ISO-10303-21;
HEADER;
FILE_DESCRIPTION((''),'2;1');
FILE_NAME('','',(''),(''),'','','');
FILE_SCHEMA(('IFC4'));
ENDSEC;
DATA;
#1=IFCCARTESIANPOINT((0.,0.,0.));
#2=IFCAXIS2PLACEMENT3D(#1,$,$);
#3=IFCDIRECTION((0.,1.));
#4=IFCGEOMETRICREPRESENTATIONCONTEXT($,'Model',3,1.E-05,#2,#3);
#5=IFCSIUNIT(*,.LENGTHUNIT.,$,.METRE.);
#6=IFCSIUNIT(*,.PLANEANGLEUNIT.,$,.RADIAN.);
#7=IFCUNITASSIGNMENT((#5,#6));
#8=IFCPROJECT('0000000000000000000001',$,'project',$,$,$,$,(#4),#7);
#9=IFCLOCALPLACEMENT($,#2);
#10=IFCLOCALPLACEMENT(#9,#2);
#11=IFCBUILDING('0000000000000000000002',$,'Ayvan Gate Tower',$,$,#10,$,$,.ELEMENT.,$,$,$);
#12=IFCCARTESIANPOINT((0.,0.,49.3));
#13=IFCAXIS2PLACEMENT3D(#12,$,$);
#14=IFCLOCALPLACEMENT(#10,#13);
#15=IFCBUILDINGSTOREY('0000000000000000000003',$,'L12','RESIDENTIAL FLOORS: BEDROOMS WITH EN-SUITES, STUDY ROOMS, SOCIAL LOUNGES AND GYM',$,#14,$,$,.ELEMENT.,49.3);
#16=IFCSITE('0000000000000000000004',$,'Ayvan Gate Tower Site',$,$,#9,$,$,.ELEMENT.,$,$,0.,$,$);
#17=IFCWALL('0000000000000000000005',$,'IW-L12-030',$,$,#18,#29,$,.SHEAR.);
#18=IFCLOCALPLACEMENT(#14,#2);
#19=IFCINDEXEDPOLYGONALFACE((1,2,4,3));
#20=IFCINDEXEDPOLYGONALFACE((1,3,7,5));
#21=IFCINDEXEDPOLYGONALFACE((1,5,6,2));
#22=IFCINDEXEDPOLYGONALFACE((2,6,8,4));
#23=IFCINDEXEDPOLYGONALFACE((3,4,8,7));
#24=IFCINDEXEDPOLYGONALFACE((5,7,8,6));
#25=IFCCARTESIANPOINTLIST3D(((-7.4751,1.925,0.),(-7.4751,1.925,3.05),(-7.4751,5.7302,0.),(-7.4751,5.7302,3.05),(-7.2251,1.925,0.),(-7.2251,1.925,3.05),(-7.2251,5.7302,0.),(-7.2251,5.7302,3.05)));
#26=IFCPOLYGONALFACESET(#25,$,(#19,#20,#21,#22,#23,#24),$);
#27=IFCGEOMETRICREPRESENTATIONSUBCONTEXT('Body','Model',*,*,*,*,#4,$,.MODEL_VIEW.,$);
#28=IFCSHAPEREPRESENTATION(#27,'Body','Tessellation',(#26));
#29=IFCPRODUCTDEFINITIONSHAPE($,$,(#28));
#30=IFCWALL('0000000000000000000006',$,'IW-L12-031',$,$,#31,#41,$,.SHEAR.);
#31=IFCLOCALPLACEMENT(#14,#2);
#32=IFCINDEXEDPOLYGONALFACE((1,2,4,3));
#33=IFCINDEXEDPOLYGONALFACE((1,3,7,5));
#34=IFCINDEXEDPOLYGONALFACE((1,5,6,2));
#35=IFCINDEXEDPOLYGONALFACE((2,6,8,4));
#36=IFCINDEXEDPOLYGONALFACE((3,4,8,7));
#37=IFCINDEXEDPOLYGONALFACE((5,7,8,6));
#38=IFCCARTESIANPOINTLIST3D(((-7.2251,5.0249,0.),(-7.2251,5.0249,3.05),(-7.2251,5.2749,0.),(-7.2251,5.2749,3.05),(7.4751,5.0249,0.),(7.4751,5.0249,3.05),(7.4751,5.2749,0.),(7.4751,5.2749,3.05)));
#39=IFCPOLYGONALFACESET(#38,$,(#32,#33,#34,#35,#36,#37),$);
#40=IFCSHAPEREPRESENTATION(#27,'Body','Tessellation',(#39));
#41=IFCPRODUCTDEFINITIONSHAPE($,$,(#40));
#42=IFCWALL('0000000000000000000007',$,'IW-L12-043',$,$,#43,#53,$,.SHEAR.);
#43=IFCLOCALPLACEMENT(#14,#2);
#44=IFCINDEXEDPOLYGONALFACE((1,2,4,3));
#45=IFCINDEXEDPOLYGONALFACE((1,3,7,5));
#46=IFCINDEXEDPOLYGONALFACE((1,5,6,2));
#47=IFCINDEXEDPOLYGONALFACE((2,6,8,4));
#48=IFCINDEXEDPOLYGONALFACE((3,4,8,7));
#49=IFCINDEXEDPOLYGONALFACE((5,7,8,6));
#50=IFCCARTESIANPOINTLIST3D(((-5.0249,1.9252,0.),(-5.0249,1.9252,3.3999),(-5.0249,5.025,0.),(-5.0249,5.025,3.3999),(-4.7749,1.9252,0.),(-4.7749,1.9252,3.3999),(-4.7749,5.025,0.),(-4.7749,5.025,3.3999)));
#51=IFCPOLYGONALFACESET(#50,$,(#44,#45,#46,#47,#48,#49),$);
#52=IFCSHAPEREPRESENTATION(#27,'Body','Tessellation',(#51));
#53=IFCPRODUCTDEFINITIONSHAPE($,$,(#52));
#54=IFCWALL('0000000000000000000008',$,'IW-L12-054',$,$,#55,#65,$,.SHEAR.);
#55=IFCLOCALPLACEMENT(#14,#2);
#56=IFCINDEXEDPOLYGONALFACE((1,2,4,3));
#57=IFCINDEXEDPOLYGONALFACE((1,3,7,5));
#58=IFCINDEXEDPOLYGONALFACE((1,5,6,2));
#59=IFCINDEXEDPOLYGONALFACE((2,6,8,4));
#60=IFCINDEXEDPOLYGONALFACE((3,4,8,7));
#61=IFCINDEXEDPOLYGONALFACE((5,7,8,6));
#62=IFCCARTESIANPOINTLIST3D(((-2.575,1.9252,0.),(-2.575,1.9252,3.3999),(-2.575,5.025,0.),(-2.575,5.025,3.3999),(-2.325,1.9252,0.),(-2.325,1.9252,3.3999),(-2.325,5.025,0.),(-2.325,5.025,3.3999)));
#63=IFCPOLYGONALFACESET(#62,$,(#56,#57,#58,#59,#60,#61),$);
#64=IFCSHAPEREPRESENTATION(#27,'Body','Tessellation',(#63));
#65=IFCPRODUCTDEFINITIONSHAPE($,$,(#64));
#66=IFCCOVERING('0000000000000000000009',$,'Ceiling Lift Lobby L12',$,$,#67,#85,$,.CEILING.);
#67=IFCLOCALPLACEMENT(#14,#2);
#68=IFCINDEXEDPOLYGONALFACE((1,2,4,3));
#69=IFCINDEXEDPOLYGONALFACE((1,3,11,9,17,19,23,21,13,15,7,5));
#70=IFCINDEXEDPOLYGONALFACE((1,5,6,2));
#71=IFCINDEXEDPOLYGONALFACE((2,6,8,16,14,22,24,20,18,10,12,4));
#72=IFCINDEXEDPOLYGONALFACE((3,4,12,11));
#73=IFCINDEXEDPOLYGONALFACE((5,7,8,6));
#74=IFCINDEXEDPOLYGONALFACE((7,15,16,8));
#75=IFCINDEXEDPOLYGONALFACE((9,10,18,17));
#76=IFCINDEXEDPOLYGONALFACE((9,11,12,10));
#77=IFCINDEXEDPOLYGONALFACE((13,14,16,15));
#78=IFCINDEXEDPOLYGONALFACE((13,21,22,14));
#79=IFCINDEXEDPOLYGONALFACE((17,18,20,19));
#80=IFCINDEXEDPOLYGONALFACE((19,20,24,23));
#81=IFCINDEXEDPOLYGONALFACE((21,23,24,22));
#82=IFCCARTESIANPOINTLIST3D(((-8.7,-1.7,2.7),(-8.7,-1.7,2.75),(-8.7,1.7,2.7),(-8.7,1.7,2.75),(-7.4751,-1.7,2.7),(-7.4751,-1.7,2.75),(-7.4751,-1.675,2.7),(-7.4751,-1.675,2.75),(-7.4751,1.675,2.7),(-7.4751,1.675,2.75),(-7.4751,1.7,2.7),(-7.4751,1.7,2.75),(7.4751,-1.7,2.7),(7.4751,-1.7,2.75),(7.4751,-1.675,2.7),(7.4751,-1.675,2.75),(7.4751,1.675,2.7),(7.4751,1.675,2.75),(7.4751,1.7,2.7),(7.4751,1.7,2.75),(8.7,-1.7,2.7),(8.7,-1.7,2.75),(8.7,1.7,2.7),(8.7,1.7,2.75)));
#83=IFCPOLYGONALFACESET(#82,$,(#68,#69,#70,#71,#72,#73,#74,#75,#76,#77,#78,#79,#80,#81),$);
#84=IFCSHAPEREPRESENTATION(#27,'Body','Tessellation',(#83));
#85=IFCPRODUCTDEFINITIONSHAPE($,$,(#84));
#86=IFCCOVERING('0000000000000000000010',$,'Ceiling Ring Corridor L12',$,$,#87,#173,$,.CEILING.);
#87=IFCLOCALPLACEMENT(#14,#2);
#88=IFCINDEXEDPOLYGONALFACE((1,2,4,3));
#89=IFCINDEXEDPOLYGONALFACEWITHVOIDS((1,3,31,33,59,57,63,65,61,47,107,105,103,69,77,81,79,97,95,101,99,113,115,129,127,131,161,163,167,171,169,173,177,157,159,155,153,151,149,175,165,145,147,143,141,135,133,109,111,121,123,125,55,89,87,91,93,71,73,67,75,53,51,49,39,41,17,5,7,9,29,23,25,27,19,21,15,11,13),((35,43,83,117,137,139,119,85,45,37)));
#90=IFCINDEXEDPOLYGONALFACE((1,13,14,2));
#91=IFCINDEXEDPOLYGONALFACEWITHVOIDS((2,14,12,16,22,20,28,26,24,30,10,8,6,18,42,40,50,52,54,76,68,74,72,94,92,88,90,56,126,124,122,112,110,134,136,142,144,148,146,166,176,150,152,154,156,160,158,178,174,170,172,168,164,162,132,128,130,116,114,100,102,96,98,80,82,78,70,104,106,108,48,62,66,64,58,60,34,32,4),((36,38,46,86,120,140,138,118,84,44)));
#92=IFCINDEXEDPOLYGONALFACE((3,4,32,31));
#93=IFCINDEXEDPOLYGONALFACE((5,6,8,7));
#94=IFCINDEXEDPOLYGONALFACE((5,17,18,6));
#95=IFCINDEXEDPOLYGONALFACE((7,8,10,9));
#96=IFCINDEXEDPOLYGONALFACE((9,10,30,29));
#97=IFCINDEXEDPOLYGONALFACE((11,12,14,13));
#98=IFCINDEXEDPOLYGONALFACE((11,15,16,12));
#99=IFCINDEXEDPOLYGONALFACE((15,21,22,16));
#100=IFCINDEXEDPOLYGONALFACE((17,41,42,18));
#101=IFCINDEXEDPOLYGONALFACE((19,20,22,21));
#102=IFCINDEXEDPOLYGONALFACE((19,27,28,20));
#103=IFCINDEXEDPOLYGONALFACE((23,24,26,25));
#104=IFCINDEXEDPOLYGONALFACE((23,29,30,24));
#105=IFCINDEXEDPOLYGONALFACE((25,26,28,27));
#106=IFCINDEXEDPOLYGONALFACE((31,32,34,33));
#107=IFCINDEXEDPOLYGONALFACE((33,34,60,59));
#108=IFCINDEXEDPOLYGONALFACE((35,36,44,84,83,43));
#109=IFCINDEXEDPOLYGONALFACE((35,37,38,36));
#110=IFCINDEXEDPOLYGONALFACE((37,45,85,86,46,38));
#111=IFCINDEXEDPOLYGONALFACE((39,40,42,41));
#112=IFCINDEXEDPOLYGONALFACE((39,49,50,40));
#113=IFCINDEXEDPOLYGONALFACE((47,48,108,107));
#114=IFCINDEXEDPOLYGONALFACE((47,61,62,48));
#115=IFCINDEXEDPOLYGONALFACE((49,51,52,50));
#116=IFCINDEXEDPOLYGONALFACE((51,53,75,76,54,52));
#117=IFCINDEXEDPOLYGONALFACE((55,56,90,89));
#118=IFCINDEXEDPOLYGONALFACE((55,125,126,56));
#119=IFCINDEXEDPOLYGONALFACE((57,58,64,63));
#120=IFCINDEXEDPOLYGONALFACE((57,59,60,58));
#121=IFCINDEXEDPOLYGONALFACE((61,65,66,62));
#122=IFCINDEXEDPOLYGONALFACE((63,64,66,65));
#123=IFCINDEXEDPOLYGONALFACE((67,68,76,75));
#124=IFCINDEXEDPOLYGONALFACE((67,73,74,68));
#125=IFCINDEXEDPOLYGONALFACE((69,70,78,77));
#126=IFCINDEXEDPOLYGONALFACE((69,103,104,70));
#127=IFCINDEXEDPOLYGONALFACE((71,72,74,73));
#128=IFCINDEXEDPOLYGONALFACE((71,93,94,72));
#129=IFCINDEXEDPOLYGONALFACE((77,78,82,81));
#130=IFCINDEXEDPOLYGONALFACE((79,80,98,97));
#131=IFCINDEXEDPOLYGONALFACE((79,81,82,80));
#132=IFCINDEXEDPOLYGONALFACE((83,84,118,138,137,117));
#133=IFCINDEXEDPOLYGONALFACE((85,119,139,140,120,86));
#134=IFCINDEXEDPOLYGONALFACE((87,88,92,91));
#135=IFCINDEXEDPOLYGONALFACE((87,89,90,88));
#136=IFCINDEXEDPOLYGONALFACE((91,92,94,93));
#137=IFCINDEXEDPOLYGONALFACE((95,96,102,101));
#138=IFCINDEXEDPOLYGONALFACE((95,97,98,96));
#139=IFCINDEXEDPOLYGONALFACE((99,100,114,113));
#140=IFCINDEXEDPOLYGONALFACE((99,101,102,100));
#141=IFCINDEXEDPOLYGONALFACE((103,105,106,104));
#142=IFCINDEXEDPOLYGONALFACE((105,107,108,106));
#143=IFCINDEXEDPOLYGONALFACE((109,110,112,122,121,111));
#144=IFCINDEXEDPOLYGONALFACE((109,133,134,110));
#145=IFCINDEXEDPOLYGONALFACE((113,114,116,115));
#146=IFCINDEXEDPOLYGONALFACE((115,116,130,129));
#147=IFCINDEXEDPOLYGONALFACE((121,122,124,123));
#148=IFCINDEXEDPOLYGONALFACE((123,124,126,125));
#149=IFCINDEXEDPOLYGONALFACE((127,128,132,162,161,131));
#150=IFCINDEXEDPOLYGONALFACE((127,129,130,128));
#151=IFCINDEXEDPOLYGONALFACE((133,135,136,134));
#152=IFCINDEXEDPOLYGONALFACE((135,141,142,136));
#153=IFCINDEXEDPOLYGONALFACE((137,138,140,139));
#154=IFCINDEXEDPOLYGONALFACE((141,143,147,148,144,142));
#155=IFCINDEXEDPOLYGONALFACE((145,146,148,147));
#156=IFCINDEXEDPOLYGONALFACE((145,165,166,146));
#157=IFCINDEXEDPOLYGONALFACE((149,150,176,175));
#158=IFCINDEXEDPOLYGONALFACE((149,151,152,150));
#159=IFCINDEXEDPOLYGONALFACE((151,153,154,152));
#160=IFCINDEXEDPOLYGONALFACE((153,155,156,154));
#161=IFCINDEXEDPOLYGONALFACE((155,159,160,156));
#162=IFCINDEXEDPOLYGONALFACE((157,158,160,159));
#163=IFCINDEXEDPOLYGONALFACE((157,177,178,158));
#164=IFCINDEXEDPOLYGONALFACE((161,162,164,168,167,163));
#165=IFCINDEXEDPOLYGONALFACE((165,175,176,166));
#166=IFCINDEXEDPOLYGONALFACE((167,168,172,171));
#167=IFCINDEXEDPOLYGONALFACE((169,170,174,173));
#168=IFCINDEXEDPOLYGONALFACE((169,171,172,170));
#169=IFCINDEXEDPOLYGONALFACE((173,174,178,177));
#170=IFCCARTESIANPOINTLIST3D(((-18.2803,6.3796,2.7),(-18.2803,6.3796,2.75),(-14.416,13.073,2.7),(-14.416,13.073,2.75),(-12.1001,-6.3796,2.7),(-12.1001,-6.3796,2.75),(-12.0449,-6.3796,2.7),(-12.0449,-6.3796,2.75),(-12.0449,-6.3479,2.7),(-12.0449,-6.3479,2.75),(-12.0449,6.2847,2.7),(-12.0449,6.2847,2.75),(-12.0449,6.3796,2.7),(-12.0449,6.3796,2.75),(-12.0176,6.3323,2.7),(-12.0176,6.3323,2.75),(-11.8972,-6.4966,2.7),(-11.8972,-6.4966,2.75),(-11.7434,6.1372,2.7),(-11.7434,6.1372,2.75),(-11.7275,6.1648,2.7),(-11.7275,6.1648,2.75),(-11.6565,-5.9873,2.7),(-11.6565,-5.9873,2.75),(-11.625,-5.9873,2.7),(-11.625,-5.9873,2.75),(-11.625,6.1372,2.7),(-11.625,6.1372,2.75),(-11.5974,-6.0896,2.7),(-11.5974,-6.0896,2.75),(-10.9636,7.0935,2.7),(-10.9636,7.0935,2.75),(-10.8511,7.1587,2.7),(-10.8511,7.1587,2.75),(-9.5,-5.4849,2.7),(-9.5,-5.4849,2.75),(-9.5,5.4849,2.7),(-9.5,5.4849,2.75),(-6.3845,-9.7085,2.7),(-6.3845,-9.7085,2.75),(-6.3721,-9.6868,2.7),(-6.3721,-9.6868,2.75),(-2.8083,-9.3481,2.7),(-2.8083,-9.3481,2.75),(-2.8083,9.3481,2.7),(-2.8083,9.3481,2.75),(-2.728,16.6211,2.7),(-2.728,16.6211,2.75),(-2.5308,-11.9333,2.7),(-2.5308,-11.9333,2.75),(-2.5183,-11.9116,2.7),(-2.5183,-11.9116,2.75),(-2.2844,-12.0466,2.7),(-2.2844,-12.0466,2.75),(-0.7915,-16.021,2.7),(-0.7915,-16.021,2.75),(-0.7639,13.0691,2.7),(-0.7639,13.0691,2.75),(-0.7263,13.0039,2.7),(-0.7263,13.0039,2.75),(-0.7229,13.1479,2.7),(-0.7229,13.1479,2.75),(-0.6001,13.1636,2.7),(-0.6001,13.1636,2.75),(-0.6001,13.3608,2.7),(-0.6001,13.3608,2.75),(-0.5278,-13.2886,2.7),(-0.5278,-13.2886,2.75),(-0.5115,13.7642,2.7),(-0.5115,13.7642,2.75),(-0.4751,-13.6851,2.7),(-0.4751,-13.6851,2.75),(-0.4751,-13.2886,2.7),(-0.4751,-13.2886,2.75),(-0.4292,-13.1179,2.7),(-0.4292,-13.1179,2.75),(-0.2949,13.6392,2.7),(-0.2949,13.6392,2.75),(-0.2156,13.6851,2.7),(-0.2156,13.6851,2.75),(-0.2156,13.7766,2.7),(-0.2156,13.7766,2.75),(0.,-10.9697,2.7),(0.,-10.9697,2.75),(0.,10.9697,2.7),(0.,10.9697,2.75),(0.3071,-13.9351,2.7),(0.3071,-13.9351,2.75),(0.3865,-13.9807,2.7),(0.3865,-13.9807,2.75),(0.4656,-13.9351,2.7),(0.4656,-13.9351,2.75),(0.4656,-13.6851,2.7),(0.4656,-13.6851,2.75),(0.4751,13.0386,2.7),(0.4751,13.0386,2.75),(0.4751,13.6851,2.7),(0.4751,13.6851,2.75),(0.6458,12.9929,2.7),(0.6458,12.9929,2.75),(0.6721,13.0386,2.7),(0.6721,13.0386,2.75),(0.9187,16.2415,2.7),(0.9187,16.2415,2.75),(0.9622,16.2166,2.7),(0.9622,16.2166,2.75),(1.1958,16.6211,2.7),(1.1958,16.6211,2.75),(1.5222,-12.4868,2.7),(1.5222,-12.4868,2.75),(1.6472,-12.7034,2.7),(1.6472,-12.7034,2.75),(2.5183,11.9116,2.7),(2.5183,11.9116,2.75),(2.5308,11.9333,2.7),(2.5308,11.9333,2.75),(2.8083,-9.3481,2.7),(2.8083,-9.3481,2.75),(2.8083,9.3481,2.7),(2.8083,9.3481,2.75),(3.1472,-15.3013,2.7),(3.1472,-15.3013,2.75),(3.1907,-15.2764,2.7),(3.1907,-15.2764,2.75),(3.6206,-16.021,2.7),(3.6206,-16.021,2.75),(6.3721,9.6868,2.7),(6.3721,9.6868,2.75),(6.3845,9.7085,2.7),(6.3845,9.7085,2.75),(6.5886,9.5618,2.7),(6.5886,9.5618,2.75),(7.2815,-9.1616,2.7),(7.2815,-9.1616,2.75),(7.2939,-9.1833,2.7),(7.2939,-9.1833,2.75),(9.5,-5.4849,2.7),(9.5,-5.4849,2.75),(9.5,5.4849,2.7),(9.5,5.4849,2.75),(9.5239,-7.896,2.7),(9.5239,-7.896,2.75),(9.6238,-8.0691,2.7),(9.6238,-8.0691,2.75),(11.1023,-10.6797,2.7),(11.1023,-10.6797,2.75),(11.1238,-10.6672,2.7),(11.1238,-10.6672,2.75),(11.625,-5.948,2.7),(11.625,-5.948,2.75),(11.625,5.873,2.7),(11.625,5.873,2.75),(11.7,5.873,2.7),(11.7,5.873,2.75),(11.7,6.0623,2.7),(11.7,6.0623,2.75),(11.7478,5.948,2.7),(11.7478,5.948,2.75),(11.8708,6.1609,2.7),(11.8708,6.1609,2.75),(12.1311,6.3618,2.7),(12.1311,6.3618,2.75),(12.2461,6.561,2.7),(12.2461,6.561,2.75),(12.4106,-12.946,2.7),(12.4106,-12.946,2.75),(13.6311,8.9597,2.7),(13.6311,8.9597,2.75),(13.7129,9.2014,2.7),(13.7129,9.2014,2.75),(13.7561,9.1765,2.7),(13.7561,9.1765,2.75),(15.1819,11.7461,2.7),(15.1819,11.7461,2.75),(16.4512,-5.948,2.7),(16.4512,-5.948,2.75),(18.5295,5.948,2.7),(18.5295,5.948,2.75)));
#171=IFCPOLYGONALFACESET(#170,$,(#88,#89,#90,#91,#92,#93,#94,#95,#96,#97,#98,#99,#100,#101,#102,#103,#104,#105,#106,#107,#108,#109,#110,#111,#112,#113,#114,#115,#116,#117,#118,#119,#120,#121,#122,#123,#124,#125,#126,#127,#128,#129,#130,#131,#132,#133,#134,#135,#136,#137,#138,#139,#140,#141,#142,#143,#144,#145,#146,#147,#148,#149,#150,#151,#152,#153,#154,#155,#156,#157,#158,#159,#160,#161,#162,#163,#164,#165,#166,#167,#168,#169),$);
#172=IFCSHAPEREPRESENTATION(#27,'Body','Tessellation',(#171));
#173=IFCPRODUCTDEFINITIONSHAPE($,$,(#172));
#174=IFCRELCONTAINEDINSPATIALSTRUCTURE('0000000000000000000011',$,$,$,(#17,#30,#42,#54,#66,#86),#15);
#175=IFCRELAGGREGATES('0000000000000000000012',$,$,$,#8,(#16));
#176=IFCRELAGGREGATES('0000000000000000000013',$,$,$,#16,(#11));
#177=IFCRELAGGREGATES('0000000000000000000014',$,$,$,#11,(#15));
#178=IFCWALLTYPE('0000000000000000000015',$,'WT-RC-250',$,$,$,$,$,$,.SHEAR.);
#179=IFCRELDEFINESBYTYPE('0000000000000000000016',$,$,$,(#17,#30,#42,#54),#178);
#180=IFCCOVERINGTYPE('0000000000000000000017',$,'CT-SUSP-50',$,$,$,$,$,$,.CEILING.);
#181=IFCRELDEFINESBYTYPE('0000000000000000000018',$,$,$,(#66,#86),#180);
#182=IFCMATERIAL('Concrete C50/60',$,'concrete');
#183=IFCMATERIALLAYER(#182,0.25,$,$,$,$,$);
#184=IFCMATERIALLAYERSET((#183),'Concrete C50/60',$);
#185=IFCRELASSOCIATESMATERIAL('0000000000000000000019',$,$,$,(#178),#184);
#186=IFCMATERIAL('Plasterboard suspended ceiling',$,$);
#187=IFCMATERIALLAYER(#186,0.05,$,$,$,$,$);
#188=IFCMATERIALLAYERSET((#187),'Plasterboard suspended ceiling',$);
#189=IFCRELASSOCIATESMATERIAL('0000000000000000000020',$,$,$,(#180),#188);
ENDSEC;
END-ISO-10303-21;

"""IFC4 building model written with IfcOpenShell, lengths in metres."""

from ifc_helpers import new_model, si_unit, direction, frame, frame_2d, origin, place, context, subcontext, project, spatial, polyline, rectangle, outline, extrude, material, layer, layer_set, type_object, element, save


model = new_model("IFC4")

# Units and contexts
model_context = context("Model", 3, precision=1e-05, world=origin(), true_north=direction((0.0, 1.0)))
body_context = subcontext(model_context, "Body", "Model", "MODEL_VIEW")
ifc_project = project(units=[si_unit("LENGTHUNIT", "METRE"), si_unit("PLANEANGLEUNIT", "RADIAN")], contexts=[model_context])

# Site, building, storey
site_placement = place(None, origin())
site = spatial("IfcSite", under=ifc_project, at=site_placement, Name="Ayvan Gate Tower Site", CompositionType="ELEMENT", RefElevation=0.0)
building_placement = place(site_placement, origin())
building = spatial("IfcBuilding", under=site, at=building_placement, Name="Ayvan Gate Tower", CompositionType="ELEMENT")
storey_placement = place(building_placement, frame((0.0, 0.0, 49.3)))
storey = spatial("IfcBuildingStorey", under=building, at=storey_placement, Name="L12", Description="RESIDENTIAL FLOORS: BEDROOMS WITH EN-SUITES, STUDY ROOMS, SOCIAL LOUNGES AND GYM", CompositionType="ELEMENT", Elevation=49.3)

# Walls
ifc_material_1 = material(Name="Concrete C50/60", Category="concrete")
ifc_layer_1 = layer(ifc_material_1, 0.25)
ifc_layer_set_1 = layer_set([ifc_layer_1], Name="Concrete C50/60")
wall_type_1 = type_object("IfcWallType", Name="WT-RC-250", PredefinedType="SHEAR", material=ifc_layer_set_1)
wall_1_placement = place(storey_placement, frame((-7.3501, 1.925, 0.0), z_axis=(0.0, 0.0, 1.0), x_axis=(0.0, 1.0, 0.0)))
element("IfcWall", 1, at=wall_1_placement, inside=storey, type_object=wall_type_1, Name="IW-L12-030", PredefinedType="SHEAR", context=body_context, shape_type="SweptSolid", body=[
    extrude(rectangle(XDim=3.8052, YDim=0.25, at=frame_2d((1.9026, 0.0))), origin(), (0.0, 0.0, 1.0), 3.05),
])
wall_2_placement = place(storey_placement, frame((-7.2251, 5.1499, 0.0), z_axis=(0.0, 0.0, 1.0), x_axis=(1.0, 0.0, 0.0)))
element("IfcWall", 2, at=wall_2_placement, inside=storey, type_object=wall_type_1, Name="IW-L12-031", PredefinedType="SHEAR", context=body_context, shape_type="SweptSolid", body=[
    extrude(rectangle(XDim=14.7002, YDim=0.25, at=frame_2d((7.3501, 0.0))), origin(), (0.0, 0.0, 1.0), 3.05),
])
for number, where, z_axis, x_axis, name in (
    (3, (-4.8999, 5.0249, 0.0), (0.0, 0.0, 1.0), (0.0, -1.0, 0.0), "IW-L12-043"),
    (4, (-2.45, 5.0249, 0.0), (0.0, 0.0, 1.0), (0.0, -1.0, 0.0), "IW-L12-054"),
):
    element("IfcWall", number, at=place(storey_placement, frame(where, z_axis=z_axis, x_axis=x_axis)), inside=storey, type_object=wall_type_1, Name=name, PredefinedType="SHEAR", context=body_context, shape_type="SweptSolid", body=[
        extrude(rectangle(XDim=3.0999, YDim=0.25, at=frame_2d((1.5498, 0.0))), origin(), (0.0, 0.0, 1.0), 3.3999),
    ])

# Coverings
ifc_material_2 = material(Name="Plasterboard suspended ceiling")
ifc_layer_2 = layer(ifc_material_2, 0.05)
ifc_layer_set_2 = layer_set([ifc_layer_2], Name="Plasterboard suspended ceiling")
covering_type = type_object("IfcCoveringType", Name="CT-SUSP-50", PredefinedType="CEILING", material=ifc_layer_set_2)
covering_1_placement = place(storey_placement, frame((0.0, 0.0, 2.7)))
element("IfcCovering", 5, at=covering_1_placement, inside=storey, type_object=covering_type, Name="Ceiling Lift Lobby L12", PredefinedType="CEILING", context=body_context, shape_type="SweptSolid", body=[
    extrude(outline(polyline([(7.4751, -1.675), (-7.4751, -1.675), (-7.4751, -1.7), (-8.7, -1.7), (-8.7, 1.7), (-7.4751, 1.7), (-7.4751, 1.675), (7.4751, 1.675), (7.4751, 1.7), (8.7, 1.7), (8.7, -1.7), (7.4751, -1.7), (7.4751, -1.675)])), origin(), (0.0, 0.0, 1.0), 0.05),
])
covering_2_placement = place(storey_placement, frame((0.0, 0.0, 2.7)))
element("IfcCovering", 6, at=covering_2_placement, inside=storey, type_object=covering_type, Name="Ceiling Ring Corridor L12", PredefinedType="CEILING", context=body_context, shape_type="SweptSolid", body=[
    extrude(outline(polyline([(-12.0449, -6.3796), (-12.0449, -6.3479), (-11.5974, -6.0896), (-11.6565, -5.9873), (-11.625, -5.9873), (-11.625, 6.1372), (-11.7434, 6.1372), (-11.7275, 6.1648), (-12.0176, 6.3323), (-12.0449, 6.2847), (-12.0449, 6.3796), (-18.2803, 6.3796), (-14.416, 13.073), (-10.9636, 7.0935), (-10.8511, 7.1587), (-0.7263, 13.0039), (-0.7639, 13.0691), (-0.6001, 13.1636), (-0.6001, 13.3608), (-0.7229, 13.1479), (-2.728, 16.6211), (1.1958, 16.6211), (0.9622, 16.2166), (0.9187, 16.2415), (-0.5115, 13.7642), (-0.2949, 13.6392), (-0.2156, 13.7766), (-0.2156, 13.6851), (0.4751, 13.6851), (0.4751, 13.0386), (0.6721, 13.0386), (0.6458, 12.9929), (2.5183, 11.9116), (2.5308, 11.9333), (6.3845, 9.7085), (6.3721, 9.6868), (6.5886, 9.5618), (12.1311, 6.3618), (12.2461, 6.561), (13.6311, 8.9597), (13.7561, 9.1765), (13.7129, 9.2014), (15.1819, 11.7461), (18.5295, 5.948), (11.7478, 5.948), (11.8708, 6.1609), (11.7, 6.0623), (11.7, 5.873), (11.625, 5.873), (11.625, -5.948), (16.4512, -5.948), (12.4106, -12.946), (11.1023, -10.6797), (11.1238, -10.6672), (9.6238, -8.0691), (9.5239, -7.896), (7.2939, -9.1833), (7.2815, -9.1616), (1.5222, -12.4868), (1.6472, -12.7034), (3.1472, -15.3013), (3.1907, -15.2764), (3.6206, -16.021), (-0.7915, -16.021), (0.3865, -13.9807), (0.3071, -13.9351), (0.4656, -13.9351), (0.4656, -13.6851), (-0.4751, -13.6851), (-0.4751, -13.2886), (-0.5278, -13.2886), (-0.4292, -13.1179), (-2.2844, -12.0466), (-2.5183, -11.9116), (-2.5308, -11.9333), (-6.3845, -9.7085), (-6.3721, -9.6868), (-11.8972, -6.4966), (-12.1001, -6.3796), (-12.0449, -6.3796)]), holes=[polyline([(-9.5, -5.4849), (-2.8083, -9.3481), (0.0, -10.9697), (2.8083, -9.3481), (9.5, -5.4849), (9.5, 5.4849), (2.8083, 9.3481), (0.0, 10.9697), (-2.8083, 9.3481), (-9.5, 5.4849), (-9.5, -5.4849)])]), origin(), (0.0, 0.0, 1.0), 0.05),
])

save(model, "model.ifc")
